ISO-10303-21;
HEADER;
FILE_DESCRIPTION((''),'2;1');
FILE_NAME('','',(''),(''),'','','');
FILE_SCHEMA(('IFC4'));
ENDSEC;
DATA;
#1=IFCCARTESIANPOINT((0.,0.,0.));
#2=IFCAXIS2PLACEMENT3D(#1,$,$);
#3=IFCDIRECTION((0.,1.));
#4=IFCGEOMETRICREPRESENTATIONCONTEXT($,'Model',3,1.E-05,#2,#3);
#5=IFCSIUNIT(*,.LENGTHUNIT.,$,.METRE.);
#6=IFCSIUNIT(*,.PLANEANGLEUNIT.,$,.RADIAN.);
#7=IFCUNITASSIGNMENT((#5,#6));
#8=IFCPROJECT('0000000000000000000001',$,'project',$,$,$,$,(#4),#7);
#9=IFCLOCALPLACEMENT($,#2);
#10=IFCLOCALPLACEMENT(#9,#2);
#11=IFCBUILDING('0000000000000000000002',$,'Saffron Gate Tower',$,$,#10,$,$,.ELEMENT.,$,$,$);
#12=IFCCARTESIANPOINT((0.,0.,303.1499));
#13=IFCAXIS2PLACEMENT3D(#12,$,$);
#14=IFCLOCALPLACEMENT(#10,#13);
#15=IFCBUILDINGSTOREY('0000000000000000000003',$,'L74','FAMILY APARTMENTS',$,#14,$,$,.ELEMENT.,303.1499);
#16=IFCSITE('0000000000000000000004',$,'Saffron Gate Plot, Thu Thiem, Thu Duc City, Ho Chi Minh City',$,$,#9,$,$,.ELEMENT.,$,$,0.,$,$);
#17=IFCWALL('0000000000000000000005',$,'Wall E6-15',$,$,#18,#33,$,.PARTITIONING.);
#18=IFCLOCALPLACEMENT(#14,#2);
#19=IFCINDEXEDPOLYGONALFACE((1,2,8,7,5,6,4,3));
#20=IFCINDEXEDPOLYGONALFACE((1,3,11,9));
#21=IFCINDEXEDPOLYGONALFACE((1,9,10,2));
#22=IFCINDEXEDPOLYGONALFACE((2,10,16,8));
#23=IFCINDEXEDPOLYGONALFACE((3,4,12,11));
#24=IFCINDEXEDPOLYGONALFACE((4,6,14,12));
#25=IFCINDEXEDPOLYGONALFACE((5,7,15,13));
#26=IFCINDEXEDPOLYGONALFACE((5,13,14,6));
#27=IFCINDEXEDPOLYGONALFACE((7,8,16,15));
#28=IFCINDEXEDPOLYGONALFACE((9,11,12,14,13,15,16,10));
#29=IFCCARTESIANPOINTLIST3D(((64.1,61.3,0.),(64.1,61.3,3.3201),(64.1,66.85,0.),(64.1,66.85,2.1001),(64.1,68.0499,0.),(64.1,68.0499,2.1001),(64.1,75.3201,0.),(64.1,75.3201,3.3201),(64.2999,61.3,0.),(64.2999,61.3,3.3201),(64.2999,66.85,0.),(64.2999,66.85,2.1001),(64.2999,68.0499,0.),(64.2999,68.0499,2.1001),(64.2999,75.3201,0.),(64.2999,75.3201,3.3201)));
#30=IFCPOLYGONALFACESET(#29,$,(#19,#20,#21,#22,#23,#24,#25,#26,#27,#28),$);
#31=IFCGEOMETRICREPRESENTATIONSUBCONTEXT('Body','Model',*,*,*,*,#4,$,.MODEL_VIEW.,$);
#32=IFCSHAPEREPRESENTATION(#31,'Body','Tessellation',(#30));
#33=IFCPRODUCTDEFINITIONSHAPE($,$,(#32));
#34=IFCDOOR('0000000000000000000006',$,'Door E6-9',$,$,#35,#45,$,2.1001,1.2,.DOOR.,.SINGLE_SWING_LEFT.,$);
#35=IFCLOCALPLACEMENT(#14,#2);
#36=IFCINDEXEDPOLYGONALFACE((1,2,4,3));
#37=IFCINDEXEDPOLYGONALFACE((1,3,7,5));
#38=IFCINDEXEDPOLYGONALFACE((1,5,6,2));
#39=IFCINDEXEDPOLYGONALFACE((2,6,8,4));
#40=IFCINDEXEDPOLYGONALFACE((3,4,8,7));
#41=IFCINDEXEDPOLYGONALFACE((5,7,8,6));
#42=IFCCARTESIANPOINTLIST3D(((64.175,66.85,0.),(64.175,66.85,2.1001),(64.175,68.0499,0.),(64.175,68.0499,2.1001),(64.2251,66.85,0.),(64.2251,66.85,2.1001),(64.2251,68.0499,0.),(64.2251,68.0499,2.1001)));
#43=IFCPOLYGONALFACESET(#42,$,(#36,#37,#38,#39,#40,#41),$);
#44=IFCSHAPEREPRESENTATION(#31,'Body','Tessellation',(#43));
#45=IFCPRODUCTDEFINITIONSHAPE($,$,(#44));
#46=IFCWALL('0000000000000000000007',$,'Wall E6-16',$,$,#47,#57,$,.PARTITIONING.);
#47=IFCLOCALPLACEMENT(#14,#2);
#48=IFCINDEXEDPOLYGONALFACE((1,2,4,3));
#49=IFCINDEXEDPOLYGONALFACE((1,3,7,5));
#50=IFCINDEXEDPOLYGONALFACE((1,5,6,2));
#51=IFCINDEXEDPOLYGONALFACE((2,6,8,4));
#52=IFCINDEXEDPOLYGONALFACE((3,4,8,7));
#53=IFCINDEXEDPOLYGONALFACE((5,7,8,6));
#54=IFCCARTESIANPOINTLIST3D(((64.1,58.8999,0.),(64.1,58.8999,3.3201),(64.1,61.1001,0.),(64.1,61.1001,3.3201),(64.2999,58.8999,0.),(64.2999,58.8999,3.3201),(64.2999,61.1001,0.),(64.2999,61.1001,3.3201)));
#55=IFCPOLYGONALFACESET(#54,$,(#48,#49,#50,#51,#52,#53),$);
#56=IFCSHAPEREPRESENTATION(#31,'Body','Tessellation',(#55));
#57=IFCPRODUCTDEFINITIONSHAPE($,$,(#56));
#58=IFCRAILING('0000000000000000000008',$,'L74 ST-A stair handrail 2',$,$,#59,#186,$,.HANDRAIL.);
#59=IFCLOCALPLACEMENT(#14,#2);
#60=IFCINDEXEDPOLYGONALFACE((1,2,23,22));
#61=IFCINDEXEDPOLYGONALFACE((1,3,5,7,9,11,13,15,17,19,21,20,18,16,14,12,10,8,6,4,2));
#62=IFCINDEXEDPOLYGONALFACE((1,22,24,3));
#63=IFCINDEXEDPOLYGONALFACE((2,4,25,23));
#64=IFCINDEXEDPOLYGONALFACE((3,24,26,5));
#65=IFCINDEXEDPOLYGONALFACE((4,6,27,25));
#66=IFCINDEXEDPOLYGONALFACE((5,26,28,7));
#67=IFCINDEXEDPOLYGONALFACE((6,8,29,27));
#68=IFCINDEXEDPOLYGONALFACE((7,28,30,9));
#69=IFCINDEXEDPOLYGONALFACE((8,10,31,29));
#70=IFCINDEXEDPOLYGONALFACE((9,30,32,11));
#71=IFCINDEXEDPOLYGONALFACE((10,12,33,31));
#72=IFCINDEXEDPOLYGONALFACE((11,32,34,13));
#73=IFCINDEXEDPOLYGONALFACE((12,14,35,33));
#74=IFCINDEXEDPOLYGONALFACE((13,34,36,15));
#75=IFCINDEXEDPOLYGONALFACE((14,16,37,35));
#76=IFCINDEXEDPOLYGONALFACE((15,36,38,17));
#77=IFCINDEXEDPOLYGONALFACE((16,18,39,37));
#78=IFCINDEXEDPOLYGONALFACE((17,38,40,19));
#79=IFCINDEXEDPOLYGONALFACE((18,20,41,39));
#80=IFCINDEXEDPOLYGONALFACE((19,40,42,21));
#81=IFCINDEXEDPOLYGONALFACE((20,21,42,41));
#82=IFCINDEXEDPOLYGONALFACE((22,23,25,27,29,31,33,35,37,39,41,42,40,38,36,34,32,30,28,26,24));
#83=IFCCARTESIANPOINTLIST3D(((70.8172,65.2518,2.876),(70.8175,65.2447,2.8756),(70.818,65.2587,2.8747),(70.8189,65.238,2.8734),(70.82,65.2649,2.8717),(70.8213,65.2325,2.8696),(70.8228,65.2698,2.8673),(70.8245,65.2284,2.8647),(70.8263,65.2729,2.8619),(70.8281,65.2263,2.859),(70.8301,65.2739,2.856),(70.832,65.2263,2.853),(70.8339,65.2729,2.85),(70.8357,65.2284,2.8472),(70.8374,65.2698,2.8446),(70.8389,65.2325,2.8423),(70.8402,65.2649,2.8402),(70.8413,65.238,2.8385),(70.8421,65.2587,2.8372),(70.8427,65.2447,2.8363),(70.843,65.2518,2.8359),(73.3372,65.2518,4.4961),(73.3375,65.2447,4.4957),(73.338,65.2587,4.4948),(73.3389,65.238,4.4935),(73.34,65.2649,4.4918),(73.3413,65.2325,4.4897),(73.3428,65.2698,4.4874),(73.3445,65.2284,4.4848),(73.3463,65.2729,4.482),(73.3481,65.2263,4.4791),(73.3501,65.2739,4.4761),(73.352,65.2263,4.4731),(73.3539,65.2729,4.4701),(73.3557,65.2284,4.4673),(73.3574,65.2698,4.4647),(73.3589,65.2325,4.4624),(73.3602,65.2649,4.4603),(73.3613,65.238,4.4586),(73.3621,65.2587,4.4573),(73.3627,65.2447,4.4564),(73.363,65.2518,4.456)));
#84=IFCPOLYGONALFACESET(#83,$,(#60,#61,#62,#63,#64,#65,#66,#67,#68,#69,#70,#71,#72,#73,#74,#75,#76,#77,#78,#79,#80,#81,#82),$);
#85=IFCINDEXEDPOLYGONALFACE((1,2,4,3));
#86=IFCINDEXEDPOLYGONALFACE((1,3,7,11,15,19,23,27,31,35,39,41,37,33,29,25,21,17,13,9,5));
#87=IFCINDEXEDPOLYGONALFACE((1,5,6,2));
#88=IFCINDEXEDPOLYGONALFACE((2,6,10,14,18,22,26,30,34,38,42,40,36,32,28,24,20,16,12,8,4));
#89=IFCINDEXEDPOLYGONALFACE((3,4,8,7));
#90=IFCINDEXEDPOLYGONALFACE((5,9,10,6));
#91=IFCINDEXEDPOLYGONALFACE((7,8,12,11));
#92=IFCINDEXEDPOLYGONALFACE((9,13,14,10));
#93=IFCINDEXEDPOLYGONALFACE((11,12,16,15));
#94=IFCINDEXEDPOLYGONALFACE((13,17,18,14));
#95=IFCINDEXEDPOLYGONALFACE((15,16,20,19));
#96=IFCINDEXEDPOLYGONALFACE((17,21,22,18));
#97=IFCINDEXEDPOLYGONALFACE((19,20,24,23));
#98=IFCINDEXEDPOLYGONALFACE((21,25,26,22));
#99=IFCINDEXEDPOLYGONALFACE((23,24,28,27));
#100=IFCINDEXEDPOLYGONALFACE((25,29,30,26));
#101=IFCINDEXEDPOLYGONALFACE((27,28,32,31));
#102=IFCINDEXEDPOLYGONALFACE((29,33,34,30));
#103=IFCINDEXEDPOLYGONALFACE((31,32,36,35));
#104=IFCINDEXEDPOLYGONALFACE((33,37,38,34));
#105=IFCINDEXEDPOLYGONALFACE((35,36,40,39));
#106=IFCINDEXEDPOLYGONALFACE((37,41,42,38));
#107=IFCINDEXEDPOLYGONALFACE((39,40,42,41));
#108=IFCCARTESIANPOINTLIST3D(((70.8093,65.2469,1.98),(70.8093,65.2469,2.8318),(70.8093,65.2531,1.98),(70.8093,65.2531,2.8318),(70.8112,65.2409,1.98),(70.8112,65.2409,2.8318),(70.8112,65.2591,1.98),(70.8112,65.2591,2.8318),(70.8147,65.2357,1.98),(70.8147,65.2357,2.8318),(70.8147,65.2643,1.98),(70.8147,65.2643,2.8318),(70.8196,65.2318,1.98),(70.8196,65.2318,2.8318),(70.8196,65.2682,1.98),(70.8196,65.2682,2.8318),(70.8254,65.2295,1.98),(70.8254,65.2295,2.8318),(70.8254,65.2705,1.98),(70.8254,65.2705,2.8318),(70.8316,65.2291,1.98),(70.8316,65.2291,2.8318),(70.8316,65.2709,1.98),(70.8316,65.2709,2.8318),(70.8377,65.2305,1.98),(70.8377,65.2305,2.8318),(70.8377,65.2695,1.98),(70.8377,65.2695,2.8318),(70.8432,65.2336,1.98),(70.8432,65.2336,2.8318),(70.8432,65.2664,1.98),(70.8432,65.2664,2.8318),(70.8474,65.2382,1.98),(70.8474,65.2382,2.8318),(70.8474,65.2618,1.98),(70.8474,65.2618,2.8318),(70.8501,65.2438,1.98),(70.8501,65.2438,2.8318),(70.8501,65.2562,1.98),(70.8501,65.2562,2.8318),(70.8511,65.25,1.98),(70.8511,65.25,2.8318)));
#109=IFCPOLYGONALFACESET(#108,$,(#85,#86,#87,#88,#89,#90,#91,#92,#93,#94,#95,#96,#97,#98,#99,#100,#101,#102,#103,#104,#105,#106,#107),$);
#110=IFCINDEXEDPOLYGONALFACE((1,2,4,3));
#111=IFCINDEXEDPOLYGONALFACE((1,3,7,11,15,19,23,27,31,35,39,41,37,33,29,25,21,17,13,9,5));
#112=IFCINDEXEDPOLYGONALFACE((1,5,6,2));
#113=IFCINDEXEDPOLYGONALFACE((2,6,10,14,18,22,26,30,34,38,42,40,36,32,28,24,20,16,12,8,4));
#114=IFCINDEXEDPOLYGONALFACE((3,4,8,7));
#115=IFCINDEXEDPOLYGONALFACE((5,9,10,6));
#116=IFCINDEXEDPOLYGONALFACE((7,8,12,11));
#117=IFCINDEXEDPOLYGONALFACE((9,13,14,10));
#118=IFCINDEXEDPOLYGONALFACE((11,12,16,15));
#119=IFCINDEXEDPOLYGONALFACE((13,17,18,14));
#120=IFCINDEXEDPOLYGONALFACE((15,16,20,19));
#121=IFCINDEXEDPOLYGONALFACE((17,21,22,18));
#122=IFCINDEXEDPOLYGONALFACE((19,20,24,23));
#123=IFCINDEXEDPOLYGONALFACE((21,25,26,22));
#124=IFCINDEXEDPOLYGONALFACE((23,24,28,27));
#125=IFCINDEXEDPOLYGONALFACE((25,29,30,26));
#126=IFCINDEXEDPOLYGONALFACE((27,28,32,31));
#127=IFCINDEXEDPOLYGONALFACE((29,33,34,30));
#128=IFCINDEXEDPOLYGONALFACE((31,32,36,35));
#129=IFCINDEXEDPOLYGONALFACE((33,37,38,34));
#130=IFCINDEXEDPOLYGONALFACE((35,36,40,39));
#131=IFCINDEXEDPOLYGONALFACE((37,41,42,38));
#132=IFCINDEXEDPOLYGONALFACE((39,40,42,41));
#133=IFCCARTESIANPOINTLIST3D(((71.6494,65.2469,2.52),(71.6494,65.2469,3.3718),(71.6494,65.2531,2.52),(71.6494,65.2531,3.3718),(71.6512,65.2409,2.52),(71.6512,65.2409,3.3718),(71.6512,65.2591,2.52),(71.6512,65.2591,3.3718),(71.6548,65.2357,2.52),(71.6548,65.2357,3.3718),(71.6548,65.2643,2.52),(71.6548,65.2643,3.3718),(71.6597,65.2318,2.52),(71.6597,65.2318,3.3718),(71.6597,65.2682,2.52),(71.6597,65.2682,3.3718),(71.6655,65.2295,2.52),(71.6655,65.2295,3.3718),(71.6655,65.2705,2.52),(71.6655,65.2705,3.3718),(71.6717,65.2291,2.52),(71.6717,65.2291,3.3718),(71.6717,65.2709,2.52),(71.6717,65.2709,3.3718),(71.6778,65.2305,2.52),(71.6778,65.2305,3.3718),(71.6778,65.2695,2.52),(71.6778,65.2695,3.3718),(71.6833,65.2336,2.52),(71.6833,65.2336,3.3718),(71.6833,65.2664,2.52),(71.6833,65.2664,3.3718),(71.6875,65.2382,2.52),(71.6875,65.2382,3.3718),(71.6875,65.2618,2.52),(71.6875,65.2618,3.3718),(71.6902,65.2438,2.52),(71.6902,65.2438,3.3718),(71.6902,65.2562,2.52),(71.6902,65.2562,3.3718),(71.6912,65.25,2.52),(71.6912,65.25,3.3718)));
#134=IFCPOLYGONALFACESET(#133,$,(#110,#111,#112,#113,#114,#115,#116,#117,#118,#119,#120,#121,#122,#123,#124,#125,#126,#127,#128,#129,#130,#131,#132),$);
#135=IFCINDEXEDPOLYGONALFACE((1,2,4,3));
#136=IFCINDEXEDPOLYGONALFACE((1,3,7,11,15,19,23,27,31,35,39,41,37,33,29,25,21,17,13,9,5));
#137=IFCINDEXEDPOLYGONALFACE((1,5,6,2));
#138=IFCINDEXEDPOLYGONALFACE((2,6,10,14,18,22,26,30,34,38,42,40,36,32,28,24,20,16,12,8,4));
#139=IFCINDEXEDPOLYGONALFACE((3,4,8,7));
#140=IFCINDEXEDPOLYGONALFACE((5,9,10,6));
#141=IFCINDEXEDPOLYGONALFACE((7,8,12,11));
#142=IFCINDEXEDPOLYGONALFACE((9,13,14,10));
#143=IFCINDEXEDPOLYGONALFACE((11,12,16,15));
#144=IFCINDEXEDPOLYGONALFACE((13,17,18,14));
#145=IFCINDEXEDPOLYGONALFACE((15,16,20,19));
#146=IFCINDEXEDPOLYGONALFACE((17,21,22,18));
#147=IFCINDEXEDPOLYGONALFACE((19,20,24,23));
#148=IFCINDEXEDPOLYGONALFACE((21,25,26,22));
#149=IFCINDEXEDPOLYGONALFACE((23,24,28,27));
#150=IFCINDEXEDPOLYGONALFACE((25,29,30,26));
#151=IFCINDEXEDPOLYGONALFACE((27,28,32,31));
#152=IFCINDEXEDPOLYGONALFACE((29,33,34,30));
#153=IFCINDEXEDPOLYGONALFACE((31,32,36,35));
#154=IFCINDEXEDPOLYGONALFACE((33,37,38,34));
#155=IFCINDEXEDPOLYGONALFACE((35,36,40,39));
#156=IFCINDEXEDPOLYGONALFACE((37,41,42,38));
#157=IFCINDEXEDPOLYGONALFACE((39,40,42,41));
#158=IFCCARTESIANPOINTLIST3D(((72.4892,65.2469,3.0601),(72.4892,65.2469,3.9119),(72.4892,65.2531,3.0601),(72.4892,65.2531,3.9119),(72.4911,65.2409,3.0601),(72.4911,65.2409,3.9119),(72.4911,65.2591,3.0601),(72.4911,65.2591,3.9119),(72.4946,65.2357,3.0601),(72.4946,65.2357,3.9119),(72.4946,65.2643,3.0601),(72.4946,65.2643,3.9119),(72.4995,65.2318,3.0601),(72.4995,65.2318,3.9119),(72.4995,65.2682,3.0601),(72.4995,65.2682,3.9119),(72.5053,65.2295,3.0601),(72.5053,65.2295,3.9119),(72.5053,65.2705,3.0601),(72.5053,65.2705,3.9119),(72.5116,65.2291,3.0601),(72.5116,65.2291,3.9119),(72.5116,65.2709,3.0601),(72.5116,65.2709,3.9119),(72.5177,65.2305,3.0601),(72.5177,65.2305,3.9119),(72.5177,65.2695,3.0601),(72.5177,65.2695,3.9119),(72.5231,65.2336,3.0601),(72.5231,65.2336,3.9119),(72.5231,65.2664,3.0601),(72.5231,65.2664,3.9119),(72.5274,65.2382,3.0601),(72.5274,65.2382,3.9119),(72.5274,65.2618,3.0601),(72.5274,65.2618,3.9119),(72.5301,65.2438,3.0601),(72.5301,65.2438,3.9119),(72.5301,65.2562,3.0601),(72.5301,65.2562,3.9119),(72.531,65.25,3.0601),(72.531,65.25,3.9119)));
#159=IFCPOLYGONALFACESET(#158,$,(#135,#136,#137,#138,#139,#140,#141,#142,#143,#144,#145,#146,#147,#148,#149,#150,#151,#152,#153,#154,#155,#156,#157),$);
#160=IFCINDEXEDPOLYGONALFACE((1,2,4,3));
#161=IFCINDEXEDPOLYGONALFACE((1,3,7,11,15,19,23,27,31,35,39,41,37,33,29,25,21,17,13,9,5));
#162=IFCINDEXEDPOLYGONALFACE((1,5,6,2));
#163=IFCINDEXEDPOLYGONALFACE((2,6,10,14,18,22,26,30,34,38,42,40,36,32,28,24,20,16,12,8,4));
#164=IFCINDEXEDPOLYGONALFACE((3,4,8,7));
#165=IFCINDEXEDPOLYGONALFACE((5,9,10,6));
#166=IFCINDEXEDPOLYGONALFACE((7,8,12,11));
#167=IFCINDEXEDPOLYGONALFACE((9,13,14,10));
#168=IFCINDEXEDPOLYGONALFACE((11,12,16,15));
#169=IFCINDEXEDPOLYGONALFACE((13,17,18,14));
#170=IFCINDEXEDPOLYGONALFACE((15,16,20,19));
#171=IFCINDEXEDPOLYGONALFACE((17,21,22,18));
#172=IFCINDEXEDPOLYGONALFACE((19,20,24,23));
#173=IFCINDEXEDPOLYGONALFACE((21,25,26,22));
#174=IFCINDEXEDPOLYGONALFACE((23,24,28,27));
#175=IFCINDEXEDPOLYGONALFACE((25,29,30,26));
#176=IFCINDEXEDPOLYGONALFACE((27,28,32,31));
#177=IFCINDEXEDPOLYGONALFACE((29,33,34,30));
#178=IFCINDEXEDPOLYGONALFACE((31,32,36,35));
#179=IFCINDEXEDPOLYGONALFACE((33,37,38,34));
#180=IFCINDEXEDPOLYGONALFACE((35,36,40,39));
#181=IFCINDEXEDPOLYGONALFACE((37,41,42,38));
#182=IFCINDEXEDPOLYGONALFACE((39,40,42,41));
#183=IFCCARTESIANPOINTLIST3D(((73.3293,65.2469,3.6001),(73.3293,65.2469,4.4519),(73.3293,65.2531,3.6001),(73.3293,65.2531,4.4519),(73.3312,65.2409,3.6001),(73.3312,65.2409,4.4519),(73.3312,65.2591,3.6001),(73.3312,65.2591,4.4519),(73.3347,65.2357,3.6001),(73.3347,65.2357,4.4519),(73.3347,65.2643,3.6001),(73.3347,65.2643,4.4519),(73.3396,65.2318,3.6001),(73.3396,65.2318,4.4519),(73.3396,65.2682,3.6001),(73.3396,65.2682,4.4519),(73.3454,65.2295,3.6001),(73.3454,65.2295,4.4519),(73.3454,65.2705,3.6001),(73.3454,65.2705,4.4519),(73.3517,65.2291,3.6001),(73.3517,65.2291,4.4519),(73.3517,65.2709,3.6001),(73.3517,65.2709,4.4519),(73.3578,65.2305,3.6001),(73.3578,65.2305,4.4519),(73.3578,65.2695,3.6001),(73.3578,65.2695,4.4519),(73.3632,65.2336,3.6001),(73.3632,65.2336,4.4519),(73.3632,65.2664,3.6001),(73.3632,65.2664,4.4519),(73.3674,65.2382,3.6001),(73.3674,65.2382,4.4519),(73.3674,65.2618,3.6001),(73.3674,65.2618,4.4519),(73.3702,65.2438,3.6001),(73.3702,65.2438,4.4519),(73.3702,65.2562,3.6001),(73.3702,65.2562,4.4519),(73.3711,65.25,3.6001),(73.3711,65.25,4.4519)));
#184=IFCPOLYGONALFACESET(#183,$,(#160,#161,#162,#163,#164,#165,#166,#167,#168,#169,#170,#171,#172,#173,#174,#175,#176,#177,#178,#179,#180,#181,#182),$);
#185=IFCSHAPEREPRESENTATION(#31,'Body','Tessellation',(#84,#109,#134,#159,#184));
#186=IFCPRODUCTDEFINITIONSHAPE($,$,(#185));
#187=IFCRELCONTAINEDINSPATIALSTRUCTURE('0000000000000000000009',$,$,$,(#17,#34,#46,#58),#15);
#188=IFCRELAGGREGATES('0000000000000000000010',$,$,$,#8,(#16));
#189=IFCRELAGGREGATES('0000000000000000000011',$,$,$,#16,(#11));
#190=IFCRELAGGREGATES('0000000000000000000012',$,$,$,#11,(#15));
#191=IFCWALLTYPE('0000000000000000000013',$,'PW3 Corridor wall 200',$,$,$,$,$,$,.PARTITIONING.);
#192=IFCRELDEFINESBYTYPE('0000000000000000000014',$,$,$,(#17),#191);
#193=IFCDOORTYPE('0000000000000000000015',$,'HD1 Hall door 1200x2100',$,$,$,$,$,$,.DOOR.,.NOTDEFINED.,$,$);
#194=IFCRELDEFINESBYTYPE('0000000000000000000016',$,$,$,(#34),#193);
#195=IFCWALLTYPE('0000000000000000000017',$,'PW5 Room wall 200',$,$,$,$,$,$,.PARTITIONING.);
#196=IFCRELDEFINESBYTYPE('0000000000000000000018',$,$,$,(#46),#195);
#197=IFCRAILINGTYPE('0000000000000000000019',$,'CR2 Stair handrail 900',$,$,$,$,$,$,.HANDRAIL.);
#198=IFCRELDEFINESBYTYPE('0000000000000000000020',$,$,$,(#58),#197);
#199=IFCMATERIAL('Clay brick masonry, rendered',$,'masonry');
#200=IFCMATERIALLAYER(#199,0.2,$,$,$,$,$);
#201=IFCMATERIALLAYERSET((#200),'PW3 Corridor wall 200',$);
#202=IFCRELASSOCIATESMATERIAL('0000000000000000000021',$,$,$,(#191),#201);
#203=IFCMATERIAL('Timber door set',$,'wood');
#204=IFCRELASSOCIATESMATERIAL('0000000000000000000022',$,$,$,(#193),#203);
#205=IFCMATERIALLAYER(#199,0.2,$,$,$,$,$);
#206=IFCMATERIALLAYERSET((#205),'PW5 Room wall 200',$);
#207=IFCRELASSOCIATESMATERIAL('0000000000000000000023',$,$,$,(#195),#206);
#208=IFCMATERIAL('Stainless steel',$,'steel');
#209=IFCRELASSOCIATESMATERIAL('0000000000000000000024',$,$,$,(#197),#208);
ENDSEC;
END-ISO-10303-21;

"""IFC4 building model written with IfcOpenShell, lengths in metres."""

from ifc_helpers import new_model, si_unit, direction, frame, frame_2d, origin, origin_2d, place, context, subcontext, project, spatial, rectangle, circle, extrude, material, layer, layer_set, type_object, element, fill, save


model = new_model("IFC4")

# Units and contexts
model_context = context("Model", 3, precision=1e-05, world=origin(), true_north=direction((0.0, 1.0)))
body_context = subcontext(model_context, "Body", "Model", "MODEL_VIEW")
ifc_project = project(units=[si_unit("LENGTHUNIT", "METRE"), si_unit("PLANEANGLEUNIT", "RADIAN")], contexts=[model_context])

# Site, building, storey
site_placement = place(None, origin())
site = spatial("IfcSite", under=ifc_project, at=site_placement, Name="Saffron Gate Plot, Thu Thiem, Thu Duc City, Ho Chi Minh City", CompositionType="ELEMENT", RefElevation=0.0)
building_placement = place(site_placement, origin())
building = spatial("IfcBuilding", under=site, at=building_placement, Name="Saffron Gate Tower", CompositionType="ELEMENT")
storey_placement = place(building_placement, frame((0.0, 0.0, 303.1499)))
storey = spatial("IfcBuildingStorey", under=building, at=storey_placement, Name="L74", Description="FAMILY APARTMENTS", CompositionType="ELEMENT", Elevation=303.1499)

# Wall, opening, door
ifc_material_1 = material(Name="Clay brick masonry, rendered", Category="masonry")
ifc_layer_1 = layer(ifc_material_1, 0.2)
ifc_layer_set_1 = layer_set([ifc_layer_1], Name="PW3 Corridor wall 200")
wall_type_1 = type_object("IfcWallType", Name="PW3 Corridor wall 200", PredefinedType="PARTITIONING", material=ifc_layer_set_1)
wall_1_placement = place(storey_placement, frame((64.2, 61.3, 0.0), z_axis=(0.0, 0.0, 1.0), x_axis=(0.0, 1.0, 0.0)))
wall_1 = element("IfcWall", 1, at=wall_1_placement, inside=storey, type_object=wall_type_1, Name="Wall E6-15", PredefinedType="PARTITIONING", context=body_context, shape_type="SweptSolid", body=[
    extrude(rectangle(XDim=14.02, YDim=0.2, at=frame_2d((7.01, 0.0))), origin(), (0.0, 0.0, 1.0), 3.3201),
])
opening_1_placement = place(wall_1_placement, frame((5.5498, 0.0, 0.0)))
opening_1 = element("IfcOpeningElement", 2, at=opening_1_placement, cuts=wall_1, PredefinedType="OPENING", context=body_context, shape_type="SweptSolid", body=[
    extrude(rectangle(XDim=1.2, YDim=2.1001, at=frame_2d((0.6001, 1.05))), frame((0.0, 0.1099, 0.0), z_axis=(0.0, -1.0, 0.0), x_axis=(1.0, 0.0, 0.0)), (0.0, 0.0, 1.0), 0.22),
])
ifc_material_2 = material(Name="Timber door set", Category="wood")
door_type_1 = type_object("IfcDoorType", Name="HD1 Hall door 1200x2100", OperationType="NOTDEFINED", PredefinedType="DOOR", material=ifc_material_2)
door_1_placement = place(opening_1_placement, origin())
door_1 = element("IfcDoor", 3, at=door_1_placement, inside=storey, type_object=door_type_1, Name="Door E6-9", OperationType="SINGLE_SWING_LEFT", OverallHeight=2.1001, OverallWidth=1.2, PredefinedType="DOOR", context=body_context, shape_type="SweptSolid", body=[
    extrude(rectangle(XDim=1.2, YDim=2.1001, at=frame_2d((0.6001, 1.05))), frame((0.0, 0.0249, 0.0), z_axis=(0.0, -1.0, 0.0), x_axis=(1.0, 0.0, 0.0)), (0.0, 0.0, 1.0), 0.05),
])
fill(opening_1, door_1)

# Wall
ifc_layer_2 = layer(ifc_material_1, 0.2)
ifc_layer_set_2 = layer_set([ifc_layer_2], Name="PW5 Room wall 200")
wall_type_2 = type_object("IfcWallType", Name="PW5 Room wall 200", PredefinedType="PARTITIONING", material=ifc_layer_set_2)
wall_2_placement = place(storey_placement, frame((64.2, 61.1001, 0.0), z_axis=(0.0, 0.0, 1.0), x_axis=(0.0, -1.0, 0.0)))
element("IfcWall", 4, at=wall_2_placement, inside=storey, type_object=wall_type_2, Name="Wall E6-16", PredefinedType="PARTITIONING", context=body_context, shape_type="SweptSolid", body=[
    extrude(rectangle(XDim=2.2002, YDim=0.2, at=frame_2d((1.1001, 0.0))), origin(), (0.0, 0.0, 1.0), 3.3201),
])

# Railing
ifc_material_3 = material(Name="Stainless steel", Category="steel")
railing_type = type_object("IfcRailingType", Name="CR2 Stair handrail 900", PredefinedType="HANDRAIL", material=ifc_material_3)
railing_placement = place(storey_placement, frame((70.8301, 65.25, 1.98)))
element("IfcRailing", 5, at=railing_placement, inside=storey, type_object=railing_type, Name="L74 ST-A stair handrail 2", PredefinedType="HANDRAIL", context=body_context, shape_type="SweptSolid", body=[
    extrude(circle(Radius=0.0239, at=origin_2d()), frame((0.0, 0.0, 0.876), z_axis=(0.841163, 0.0, 0.540782), x_axis=(0.0, 1.0, 0.0)), (0.0, 0.0, 1.0), 2.9958),
    extrude(circle(Radius=0.021, at=origin_2d()), origin(), (0.0, 0.0, 1.0), 0.8518),
    extrude(circle(Radius=0.021, at=origin_2d()), frame((0.8401, 0.0, 0.54)), (0.0, 0.0, 1.0), 0.8518),
    extrude(circle(Radius=0.021, at=origin_2d()), frame((1.6799, 0.0, 1.0801)), (0.0, 0.0, 1.0), 0.8518),
    extrude(circle(Radius=0.021, at=origin_2d()), frame((2.52, 0.0, 1.6201)), (0.0, 0.0, 1.0), 0.8518),
])

save(model, "model.ifc")
